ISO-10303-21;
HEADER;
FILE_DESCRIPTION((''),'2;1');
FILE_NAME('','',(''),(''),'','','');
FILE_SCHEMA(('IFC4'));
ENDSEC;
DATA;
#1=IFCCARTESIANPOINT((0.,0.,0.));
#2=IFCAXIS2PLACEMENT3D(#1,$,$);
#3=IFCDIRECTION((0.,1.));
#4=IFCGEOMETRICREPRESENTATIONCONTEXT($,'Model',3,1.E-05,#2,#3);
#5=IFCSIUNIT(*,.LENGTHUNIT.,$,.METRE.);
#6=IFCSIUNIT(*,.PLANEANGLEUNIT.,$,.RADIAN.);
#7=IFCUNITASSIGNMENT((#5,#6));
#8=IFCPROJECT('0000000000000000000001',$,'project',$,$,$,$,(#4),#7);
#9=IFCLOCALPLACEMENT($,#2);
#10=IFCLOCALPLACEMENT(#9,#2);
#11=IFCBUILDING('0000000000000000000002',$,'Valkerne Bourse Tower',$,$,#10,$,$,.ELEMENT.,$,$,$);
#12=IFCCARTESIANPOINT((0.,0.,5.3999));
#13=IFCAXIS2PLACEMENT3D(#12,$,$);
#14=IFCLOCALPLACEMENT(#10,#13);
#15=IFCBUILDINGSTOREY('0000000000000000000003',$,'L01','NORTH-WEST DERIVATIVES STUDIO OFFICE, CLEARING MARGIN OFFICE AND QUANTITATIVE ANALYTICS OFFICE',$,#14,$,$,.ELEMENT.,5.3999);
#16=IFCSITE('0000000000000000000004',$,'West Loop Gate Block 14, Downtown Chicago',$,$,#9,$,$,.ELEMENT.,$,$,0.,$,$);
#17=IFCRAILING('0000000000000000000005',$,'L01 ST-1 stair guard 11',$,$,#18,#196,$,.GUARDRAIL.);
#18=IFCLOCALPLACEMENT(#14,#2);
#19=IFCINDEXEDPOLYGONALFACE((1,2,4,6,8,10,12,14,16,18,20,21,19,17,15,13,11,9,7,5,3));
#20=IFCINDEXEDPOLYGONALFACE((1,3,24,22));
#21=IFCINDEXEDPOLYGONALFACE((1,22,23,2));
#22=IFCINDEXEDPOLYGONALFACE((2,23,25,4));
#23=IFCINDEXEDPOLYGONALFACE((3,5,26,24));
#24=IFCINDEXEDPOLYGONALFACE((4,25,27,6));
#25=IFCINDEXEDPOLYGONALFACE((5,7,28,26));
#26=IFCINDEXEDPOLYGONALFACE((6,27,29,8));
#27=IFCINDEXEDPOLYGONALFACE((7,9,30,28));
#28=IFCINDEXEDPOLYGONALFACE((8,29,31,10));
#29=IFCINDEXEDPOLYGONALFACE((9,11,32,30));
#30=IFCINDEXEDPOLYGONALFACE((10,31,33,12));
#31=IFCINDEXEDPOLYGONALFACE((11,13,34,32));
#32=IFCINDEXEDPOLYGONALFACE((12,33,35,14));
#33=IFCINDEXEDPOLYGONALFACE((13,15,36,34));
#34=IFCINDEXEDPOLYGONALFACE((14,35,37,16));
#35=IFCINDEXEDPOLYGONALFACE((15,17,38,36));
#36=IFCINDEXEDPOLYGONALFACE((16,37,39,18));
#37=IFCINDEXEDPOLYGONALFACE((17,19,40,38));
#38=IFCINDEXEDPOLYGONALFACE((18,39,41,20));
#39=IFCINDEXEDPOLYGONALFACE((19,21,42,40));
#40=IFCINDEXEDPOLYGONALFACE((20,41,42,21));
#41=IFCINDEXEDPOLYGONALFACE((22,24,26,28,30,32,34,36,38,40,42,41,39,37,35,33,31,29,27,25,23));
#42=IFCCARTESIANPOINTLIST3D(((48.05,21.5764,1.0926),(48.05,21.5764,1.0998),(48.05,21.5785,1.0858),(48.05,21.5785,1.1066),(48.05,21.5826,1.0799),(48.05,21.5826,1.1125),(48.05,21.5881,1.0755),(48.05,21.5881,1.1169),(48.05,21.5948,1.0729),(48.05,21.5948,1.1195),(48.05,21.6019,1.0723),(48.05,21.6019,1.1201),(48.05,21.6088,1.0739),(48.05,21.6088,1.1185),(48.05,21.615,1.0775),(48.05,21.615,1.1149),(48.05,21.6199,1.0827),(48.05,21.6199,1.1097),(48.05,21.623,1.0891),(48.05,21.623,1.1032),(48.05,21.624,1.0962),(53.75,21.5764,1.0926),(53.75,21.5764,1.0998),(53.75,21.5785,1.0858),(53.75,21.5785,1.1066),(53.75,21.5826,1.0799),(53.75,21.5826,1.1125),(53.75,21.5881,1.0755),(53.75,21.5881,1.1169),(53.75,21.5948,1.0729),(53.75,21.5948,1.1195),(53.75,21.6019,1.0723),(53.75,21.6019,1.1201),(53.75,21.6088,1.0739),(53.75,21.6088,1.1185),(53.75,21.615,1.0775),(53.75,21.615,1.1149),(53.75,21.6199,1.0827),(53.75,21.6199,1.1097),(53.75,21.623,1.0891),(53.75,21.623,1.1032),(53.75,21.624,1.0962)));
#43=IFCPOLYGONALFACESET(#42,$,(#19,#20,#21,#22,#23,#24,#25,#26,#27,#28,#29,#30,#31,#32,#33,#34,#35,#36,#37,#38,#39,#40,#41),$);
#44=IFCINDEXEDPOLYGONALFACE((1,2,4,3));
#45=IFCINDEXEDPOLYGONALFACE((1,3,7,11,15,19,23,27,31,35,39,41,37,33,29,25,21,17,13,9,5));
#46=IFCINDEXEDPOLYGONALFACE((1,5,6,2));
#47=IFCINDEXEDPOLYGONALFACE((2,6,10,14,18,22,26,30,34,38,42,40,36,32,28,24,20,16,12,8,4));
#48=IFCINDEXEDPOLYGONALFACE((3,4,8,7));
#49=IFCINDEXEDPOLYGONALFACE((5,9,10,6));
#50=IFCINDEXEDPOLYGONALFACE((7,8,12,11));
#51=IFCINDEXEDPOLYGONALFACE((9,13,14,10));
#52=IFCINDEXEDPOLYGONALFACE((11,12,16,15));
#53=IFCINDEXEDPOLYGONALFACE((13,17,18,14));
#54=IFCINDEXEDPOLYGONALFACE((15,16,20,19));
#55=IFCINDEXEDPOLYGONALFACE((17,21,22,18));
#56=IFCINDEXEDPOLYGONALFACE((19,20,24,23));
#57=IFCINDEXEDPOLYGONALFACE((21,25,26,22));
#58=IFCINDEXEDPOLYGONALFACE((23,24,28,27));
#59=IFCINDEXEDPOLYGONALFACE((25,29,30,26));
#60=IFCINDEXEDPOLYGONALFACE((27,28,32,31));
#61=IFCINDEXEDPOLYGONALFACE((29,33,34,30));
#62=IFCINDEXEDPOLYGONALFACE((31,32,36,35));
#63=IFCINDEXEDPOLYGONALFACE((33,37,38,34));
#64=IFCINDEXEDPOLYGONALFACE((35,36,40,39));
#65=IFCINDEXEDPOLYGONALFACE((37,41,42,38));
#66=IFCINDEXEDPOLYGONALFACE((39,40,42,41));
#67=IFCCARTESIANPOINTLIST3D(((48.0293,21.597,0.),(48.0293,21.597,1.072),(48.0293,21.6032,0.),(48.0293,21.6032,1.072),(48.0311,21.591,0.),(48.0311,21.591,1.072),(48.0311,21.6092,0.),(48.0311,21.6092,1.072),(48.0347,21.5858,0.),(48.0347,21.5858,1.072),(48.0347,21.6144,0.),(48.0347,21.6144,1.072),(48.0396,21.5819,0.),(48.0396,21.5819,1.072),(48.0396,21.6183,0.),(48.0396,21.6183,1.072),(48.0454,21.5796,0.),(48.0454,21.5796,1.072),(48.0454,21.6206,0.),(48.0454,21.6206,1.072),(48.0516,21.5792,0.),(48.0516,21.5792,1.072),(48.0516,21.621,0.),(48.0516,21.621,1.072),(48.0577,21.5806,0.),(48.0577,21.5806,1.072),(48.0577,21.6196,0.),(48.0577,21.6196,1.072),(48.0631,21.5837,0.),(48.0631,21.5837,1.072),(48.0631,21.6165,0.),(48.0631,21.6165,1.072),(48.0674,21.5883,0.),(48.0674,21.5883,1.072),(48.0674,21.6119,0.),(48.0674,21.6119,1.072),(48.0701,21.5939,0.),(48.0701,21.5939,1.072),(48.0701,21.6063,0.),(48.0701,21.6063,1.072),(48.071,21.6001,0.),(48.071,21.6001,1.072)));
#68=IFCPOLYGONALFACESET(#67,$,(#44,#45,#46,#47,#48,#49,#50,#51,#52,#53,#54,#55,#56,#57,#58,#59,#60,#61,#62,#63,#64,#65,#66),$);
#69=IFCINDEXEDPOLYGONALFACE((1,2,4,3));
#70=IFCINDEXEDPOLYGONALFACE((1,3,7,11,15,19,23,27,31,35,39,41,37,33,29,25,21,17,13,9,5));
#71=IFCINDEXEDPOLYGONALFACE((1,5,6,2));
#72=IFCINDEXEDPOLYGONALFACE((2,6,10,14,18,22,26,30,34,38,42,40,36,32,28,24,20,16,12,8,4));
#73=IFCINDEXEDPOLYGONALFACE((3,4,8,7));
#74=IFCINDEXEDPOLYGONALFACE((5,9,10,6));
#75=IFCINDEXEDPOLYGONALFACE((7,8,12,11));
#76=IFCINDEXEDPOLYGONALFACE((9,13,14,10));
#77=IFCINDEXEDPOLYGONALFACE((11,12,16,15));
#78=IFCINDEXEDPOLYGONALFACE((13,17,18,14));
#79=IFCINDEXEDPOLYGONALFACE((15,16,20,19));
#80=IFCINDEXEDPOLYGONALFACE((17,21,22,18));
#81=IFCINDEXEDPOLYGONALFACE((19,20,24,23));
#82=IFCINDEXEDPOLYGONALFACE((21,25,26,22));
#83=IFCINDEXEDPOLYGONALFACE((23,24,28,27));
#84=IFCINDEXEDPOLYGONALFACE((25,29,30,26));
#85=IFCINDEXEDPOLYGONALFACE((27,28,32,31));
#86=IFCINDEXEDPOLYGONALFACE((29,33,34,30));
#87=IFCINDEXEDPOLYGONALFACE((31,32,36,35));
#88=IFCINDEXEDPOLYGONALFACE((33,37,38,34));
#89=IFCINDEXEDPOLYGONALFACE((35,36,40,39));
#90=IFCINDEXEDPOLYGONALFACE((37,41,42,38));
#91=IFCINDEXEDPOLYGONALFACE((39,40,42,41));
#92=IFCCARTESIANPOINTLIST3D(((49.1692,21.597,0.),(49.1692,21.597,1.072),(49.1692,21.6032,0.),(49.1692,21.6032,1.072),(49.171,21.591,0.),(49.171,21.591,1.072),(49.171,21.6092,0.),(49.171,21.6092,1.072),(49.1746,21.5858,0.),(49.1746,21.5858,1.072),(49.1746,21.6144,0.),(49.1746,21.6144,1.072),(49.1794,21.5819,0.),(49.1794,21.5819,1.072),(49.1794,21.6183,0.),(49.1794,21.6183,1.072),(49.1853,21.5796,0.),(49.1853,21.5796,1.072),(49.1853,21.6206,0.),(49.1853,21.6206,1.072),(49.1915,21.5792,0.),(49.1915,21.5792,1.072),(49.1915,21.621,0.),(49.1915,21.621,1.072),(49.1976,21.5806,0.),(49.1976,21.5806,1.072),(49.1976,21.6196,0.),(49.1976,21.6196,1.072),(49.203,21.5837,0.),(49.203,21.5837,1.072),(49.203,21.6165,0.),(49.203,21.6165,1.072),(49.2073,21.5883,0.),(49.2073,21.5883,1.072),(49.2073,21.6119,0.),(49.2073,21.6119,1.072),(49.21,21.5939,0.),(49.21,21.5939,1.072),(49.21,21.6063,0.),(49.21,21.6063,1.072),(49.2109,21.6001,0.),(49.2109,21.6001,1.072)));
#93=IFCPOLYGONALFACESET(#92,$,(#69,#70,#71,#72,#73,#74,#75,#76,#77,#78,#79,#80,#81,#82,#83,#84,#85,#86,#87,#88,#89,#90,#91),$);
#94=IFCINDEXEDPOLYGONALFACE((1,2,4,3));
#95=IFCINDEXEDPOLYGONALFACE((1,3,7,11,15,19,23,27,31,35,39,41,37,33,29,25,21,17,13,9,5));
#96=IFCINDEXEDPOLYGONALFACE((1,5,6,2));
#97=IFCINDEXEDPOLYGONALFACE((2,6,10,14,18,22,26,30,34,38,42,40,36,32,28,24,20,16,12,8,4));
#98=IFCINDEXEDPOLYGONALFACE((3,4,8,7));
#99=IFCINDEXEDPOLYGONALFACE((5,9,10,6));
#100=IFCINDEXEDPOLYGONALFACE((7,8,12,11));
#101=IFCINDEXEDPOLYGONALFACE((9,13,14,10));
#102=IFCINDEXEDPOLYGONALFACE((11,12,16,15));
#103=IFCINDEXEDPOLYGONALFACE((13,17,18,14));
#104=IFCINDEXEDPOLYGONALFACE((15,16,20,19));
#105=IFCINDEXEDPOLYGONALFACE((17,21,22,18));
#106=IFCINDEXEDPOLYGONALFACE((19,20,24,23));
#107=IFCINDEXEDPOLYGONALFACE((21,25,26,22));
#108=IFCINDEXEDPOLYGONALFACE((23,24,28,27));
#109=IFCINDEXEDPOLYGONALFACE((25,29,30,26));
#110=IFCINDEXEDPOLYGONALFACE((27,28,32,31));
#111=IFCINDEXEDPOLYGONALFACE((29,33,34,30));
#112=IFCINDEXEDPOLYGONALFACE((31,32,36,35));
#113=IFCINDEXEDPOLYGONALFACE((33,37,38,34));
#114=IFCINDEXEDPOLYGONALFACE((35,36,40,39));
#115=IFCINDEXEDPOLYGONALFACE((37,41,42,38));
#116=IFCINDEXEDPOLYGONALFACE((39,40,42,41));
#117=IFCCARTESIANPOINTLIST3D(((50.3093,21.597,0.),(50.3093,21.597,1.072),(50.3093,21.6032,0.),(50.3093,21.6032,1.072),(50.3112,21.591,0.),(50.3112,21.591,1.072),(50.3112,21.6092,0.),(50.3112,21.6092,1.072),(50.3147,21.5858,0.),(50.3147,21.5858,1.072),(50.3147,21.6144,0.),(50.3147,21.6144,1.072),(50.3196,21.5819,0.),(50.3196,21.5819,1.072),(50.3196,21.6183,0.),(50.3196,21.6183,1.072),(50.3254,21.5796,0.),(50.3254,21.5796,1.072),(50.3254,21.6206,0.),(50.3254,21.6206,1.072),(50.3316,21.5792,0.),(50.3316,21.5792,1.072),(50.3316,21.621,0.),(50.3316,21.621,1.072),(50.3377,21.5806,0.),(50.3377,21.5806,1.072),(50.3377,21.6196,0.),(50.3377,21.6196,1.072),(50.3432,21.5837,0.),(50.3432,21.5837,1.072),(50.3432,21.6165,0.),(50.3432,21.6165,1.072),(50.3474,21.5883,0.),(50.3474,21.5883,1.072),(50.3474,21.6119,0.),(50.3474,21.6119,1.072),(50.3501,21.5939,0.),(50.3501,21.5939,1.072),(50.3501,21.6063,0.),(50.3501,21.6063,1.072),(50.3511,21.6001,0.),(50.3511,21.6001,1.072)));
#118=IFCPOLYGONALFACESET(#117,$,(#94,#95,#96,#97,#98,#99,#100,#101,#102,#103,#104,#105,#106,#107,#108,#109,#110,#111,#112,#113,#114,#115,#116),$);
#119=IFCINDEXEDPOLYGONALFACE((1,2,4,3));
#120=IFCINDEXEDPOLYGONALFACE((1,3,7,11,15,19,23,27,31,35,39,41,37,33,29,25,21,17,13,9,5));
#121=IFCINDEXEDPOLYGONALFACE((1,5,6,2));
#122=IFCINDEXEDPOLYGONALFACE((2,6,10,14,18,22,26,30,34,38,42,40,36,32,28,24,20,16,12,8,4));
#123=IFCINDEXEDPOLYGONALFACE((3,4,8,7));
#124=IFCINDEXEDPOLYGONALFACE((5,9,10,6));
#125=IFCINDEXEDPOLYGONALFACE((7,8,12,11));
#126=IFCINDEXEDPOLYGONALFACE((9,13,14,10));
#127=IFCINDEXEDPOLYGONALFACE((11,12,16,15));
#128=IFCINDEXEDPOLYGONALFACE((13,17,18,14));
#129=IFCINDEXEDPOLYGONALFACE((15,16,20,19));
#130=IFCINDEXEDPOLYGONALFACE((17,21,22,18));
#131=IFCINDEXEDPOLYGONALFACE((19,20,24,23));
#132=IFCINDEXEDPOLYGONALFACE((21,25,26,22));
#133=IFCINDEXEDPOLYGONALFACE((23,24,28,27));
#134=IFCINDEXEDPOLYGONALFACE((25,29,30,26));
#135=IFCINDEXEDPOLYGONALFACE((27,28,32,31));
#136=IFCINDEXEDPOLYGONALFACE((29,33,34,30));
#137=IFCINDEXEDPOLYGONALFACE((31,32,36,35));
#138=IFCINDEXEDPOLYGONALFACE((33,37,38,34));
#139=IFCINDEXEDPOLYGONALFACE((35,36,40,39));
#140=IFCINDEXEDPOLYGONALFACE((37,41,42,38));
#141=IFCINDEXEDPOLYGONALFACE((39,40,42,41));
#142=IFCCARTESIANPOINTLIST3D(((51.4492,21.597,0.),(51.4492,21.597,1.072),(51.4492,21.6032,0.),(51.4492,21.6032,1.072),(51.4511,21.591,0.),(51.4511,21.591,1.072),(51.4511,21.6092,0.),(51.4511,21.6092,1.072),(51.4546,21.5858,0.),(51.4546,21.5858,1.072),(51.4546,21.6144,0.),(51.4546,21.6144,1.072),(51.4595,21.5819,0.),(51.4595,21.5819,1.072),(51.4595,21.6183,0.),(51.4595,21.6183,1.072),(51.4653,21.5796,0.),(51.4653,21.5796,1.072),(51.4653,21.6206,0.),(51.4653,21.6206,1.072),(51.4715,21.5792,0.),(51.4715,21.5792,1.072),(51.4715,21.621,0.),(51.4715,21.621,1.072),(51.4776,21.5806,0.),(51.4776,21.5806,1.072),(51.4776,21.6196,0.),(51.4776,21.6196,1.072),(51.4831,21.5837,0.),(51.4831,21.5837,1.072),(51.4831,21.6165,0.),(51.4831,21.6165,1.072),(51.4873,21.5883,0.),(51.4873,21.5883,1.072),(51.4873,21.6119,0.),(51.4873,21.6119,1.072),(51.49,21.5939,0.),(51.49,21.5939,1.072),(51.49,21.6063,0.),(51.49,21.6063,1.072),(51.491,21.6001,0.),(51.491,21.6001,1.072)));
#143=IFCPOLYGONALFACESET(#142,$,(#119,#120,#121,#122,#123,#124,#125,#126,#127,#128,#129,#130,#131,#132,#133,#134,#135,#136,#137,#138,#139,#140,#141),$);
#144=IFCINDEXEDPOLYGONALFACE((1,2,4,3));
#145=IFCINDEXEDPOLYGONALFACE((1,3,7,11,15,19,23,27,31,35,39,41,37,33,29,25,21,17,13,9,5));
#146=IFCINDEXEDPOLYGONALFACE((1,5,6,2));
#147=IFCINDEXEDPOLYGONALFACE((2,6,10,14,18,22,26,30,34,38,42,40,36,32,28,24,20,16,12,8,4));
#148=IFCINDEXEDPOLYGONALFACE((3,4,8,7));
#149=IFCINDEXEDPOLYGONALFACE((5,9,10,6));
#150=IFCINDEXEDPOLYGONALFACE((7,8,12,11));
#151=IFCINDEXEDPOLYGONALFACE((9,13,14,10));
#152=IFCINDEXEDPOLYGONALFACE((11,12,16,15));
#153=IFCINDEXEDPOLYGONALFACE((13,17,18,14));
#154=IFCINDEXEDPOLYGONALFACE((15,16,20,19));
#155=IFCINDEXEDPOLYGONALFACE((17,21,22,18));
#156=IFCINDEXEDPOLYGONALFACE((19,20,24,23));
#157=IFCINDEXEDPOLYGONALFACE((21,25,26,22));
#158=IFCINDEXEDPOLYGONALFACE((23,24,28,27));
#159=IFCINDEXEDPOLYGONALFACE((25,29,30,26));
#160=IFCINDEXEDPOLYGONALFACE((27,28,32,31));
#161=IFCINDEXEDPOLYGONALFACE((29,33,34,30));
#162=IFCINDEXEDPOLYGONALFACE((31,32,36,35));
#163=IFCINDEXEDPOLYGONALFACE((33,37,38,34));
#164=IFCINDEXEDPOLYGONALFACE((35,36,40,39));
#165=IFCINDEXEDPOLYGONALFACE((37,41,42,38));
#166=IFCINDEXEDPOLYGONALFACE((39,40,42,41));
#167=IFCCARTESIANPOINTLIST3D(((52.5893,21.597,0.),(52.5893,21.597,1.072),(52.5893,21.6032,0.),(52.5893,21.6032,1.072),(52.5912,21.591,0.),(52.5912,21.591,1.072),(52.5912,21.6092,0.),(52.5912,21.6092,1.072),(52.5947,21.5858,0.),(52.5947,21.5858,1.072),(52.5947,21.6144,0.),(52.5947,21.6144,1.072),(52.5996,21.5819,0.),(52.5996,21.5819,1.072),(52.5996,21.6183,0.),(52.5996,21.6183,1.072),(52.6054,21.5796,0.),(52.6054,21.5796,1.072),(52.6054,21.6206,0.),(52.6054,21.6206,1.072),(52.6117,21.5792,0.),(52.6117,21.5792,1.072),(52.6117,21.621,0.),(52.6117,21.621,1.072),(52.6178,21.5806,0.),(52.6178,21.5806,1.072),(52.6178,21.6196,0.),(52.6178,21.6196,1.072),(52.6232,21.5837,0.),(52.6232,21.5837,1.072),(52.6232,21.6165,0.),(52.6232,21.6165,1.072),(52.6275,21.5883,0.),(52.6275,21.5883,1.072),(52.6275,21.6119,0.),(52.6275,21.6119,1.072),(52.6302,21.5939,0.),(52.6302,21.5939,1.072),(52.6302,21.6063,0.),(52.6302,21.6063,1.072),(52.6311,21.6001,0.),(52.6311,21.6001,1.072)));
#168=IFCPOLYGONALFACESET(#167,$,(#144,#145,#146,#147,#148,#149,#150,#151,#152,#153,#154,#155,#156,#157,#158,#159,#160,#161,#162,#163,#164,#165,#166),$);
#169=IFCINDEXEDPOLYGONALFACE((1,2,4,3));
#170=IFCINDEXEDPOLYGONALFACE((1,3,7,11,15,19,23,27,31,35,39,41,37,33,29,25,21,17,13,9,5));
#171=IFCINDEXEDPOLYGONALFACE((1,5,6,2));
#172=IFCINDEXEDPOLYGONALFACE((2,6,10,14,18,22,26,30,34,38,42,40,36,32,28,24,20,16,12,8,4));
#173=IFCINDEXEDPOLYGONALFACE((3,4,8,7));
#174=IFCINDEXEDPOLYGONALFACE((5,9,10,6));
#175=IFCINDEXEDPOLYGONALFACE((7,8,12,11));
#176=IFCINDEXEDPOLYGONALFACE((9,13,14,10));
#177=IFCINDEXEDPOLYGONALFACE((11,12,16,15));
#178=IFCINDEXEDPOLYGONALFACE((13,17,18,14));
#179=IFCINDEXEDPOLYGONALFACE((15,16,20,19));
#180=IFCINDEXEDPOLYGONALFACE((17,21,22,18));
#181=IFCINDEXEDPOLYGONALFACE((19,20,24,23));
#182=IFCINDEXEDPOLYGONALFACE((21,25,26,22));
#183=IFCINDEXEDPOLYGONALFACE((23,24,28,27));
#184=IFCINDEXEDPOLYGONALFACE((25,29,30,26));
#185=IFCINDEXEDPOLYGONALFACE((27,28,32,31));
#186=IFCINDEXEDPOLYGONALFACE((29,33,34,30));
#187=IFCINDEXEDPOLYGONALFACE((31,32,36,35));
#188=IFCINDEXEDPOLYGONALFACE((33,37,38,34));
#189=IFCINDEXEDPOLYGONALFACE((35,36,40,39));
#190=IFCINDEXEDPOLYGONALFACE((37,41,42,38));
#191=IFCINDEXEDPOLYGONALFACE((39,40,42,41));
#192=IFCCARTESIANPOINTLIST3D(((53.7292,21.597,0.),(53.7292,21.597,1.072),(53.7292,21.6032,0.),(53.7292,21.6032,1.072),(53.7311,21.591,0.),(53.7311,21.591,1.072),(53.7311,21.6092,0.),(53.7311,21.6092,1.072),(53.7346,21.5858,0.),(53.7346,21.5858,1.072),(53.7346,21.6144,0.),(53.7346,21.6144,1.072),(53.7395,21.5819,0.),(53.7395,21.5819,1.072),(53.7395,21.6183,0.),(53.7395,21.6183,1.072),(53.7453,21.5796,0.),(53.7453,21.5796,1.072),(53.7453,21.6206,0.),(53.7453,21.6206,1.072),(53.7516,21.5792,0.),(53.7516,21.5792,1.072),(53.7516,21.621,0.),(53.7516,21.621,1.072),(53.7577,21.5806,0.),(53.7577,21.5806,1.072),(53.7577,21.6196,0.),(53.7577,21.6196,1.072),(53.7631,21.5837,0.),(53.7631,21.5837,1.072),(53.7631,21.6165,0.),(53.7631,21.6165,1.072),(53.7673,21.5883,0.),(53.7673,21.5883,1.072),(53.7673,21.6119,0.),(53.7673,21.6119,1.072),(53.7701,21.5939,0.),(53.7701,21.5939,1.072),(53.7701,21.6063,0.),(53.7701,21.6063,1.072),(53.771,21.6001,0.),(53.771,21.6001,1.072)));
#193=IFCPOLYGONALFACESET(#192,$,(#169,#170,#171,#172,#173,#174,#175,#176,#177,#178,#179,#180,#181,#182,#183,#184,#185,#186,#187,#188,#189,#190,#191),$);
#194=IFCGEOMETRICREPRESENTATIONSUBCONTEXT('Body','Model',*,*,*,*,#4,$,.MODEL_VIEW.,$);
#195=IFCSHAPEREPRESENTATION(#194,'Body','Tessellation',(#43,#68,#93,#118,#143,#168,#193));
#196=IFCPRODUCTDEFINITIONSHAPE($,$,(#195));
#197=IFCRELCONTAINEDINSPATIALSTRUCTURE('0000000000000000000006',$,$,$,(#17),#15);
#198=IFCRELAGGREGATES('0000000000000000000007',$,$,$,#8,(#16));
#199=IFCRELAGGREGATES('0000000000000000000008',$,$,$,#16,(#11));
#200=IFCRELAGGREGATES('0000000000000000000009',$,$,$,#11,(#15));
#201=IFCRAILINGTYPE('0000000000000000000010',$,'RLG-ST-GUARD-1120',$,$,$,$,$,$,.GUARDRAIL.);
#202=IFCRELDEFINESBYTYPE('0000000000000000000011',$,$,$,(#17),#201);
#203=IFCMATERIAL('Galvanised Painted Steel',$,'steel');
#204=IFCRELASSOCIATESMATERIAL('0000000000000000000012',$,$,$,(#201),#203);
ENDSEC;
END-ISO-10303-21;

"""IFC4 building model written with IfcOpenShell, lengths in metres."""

from ifc_helpers import new_model, si_unit, direction, frame, origin, origin_2d, place, context, subcontext, project, spatial, circle, extrude, material, type_object, element, save


model = new_model("IFC4")

# Units and contexts
model_context = context("Model", 3, precision=1e-05, world=origin(), true_north=direction((0.0, 1.0)))
body_context = subcontext(model_context, "Body", "Model", "MODEL_VIEW")
ifc_project = project(units=[si_unit("LENGTHUNIT", "METRE"), si_unit("PLANEANGLEUNIT", "RADIAN")], contexts=[model_context])

# Site, building, storey
site_placement = place(None, origin())
site = spatial("IfcSite", under=ifc_project, at=site_placement, Name="West Loop Gate Block 14, Downtown Chicago", CompositionType="ELEMENT", RefElevation=0.0)
building_placement = place(site_placement, origin())
building = spatial("IfcBuilding", under=site, at=building_placement, Name="Valkerne Bourse Tower", CompositionType="ELEMENT")
storey_placement = place(building_placement, frame((0.0, 0.0, 5.3999)))
storey = spatial("IfcBuildingStorey", under=building, at=storey_placement, Name="L01", Description="NORTH-WEST DERIVATIVES STUDIO OFFICE, CLEARING MARGIN OFFICE AND QUANTITATIVE ANALYTICS OFFICE", CompositionType="ELEMENT", Elevation=5.3999)

# Shared definitions
ifc_material_1 = material(Name="Galvanised Painted Steel", Category="steel")

# Railing
railing_type_1 = type_object("IfcRailingType", Name="RLG-ST-GUARD-1120", PredefinedType="GUARDRAIL", material=ifc_material_1)
railing_1_placement = place(storey_placement, frame((48.05, 21.6001, 0.0)))
element("IfcRailing", 1, at=railing_1_placement, inside=storey, type_object=railing_type_1, Name="L01 ST-1 stair guard 11", PredefinedType="GUARDRAIL", context=body_context, shape_type="SweptSolid", body=[
    extrude(circle(Radius=0.0239, at=origin_2d()), frame((0.0, 0.0, 1.0962), z_axis=(1.0, 0.0, 0.0), x_axis=(0.0, 1.0, 0.0)), (0.0, 0.0, 1.0), 5.7),
    extrude(circle(Radius=0.021, at=origin_2d()), origin(), (0.0, 0.0, 1.0), 1.072),
    extrude(circle(Radius=0.021, at=origin_2d()), frame((1.1399, 0.0, 0.0)), (0.0, 0.0, 1.0), 1.072),
    extrude(circle(Radius=0.021, at=origin_2d()), frame((2.28, 0.0, 0.0)), (0.0, 0.0, 1.0), 1.072),
    extrude(circle(Radius=0.021, at=origin_2d()), frame((3.4199, 0.0, 0.0)), (0.0, 0.0, 1.0), 1.072),
    extrude(circle(Radius=0.021, at=origin_2d()), frame((4.5601, 0.0, 0.0)), (0.0, 0.0, 1.0), 1.072),
    extrude(circle(Radius=0.021, at=origin_2d()), frame((5.7, 0.0, 0.0)), (0.0, 0.0, 1.0), 1.072),
])

save(model, "model.ifc")
